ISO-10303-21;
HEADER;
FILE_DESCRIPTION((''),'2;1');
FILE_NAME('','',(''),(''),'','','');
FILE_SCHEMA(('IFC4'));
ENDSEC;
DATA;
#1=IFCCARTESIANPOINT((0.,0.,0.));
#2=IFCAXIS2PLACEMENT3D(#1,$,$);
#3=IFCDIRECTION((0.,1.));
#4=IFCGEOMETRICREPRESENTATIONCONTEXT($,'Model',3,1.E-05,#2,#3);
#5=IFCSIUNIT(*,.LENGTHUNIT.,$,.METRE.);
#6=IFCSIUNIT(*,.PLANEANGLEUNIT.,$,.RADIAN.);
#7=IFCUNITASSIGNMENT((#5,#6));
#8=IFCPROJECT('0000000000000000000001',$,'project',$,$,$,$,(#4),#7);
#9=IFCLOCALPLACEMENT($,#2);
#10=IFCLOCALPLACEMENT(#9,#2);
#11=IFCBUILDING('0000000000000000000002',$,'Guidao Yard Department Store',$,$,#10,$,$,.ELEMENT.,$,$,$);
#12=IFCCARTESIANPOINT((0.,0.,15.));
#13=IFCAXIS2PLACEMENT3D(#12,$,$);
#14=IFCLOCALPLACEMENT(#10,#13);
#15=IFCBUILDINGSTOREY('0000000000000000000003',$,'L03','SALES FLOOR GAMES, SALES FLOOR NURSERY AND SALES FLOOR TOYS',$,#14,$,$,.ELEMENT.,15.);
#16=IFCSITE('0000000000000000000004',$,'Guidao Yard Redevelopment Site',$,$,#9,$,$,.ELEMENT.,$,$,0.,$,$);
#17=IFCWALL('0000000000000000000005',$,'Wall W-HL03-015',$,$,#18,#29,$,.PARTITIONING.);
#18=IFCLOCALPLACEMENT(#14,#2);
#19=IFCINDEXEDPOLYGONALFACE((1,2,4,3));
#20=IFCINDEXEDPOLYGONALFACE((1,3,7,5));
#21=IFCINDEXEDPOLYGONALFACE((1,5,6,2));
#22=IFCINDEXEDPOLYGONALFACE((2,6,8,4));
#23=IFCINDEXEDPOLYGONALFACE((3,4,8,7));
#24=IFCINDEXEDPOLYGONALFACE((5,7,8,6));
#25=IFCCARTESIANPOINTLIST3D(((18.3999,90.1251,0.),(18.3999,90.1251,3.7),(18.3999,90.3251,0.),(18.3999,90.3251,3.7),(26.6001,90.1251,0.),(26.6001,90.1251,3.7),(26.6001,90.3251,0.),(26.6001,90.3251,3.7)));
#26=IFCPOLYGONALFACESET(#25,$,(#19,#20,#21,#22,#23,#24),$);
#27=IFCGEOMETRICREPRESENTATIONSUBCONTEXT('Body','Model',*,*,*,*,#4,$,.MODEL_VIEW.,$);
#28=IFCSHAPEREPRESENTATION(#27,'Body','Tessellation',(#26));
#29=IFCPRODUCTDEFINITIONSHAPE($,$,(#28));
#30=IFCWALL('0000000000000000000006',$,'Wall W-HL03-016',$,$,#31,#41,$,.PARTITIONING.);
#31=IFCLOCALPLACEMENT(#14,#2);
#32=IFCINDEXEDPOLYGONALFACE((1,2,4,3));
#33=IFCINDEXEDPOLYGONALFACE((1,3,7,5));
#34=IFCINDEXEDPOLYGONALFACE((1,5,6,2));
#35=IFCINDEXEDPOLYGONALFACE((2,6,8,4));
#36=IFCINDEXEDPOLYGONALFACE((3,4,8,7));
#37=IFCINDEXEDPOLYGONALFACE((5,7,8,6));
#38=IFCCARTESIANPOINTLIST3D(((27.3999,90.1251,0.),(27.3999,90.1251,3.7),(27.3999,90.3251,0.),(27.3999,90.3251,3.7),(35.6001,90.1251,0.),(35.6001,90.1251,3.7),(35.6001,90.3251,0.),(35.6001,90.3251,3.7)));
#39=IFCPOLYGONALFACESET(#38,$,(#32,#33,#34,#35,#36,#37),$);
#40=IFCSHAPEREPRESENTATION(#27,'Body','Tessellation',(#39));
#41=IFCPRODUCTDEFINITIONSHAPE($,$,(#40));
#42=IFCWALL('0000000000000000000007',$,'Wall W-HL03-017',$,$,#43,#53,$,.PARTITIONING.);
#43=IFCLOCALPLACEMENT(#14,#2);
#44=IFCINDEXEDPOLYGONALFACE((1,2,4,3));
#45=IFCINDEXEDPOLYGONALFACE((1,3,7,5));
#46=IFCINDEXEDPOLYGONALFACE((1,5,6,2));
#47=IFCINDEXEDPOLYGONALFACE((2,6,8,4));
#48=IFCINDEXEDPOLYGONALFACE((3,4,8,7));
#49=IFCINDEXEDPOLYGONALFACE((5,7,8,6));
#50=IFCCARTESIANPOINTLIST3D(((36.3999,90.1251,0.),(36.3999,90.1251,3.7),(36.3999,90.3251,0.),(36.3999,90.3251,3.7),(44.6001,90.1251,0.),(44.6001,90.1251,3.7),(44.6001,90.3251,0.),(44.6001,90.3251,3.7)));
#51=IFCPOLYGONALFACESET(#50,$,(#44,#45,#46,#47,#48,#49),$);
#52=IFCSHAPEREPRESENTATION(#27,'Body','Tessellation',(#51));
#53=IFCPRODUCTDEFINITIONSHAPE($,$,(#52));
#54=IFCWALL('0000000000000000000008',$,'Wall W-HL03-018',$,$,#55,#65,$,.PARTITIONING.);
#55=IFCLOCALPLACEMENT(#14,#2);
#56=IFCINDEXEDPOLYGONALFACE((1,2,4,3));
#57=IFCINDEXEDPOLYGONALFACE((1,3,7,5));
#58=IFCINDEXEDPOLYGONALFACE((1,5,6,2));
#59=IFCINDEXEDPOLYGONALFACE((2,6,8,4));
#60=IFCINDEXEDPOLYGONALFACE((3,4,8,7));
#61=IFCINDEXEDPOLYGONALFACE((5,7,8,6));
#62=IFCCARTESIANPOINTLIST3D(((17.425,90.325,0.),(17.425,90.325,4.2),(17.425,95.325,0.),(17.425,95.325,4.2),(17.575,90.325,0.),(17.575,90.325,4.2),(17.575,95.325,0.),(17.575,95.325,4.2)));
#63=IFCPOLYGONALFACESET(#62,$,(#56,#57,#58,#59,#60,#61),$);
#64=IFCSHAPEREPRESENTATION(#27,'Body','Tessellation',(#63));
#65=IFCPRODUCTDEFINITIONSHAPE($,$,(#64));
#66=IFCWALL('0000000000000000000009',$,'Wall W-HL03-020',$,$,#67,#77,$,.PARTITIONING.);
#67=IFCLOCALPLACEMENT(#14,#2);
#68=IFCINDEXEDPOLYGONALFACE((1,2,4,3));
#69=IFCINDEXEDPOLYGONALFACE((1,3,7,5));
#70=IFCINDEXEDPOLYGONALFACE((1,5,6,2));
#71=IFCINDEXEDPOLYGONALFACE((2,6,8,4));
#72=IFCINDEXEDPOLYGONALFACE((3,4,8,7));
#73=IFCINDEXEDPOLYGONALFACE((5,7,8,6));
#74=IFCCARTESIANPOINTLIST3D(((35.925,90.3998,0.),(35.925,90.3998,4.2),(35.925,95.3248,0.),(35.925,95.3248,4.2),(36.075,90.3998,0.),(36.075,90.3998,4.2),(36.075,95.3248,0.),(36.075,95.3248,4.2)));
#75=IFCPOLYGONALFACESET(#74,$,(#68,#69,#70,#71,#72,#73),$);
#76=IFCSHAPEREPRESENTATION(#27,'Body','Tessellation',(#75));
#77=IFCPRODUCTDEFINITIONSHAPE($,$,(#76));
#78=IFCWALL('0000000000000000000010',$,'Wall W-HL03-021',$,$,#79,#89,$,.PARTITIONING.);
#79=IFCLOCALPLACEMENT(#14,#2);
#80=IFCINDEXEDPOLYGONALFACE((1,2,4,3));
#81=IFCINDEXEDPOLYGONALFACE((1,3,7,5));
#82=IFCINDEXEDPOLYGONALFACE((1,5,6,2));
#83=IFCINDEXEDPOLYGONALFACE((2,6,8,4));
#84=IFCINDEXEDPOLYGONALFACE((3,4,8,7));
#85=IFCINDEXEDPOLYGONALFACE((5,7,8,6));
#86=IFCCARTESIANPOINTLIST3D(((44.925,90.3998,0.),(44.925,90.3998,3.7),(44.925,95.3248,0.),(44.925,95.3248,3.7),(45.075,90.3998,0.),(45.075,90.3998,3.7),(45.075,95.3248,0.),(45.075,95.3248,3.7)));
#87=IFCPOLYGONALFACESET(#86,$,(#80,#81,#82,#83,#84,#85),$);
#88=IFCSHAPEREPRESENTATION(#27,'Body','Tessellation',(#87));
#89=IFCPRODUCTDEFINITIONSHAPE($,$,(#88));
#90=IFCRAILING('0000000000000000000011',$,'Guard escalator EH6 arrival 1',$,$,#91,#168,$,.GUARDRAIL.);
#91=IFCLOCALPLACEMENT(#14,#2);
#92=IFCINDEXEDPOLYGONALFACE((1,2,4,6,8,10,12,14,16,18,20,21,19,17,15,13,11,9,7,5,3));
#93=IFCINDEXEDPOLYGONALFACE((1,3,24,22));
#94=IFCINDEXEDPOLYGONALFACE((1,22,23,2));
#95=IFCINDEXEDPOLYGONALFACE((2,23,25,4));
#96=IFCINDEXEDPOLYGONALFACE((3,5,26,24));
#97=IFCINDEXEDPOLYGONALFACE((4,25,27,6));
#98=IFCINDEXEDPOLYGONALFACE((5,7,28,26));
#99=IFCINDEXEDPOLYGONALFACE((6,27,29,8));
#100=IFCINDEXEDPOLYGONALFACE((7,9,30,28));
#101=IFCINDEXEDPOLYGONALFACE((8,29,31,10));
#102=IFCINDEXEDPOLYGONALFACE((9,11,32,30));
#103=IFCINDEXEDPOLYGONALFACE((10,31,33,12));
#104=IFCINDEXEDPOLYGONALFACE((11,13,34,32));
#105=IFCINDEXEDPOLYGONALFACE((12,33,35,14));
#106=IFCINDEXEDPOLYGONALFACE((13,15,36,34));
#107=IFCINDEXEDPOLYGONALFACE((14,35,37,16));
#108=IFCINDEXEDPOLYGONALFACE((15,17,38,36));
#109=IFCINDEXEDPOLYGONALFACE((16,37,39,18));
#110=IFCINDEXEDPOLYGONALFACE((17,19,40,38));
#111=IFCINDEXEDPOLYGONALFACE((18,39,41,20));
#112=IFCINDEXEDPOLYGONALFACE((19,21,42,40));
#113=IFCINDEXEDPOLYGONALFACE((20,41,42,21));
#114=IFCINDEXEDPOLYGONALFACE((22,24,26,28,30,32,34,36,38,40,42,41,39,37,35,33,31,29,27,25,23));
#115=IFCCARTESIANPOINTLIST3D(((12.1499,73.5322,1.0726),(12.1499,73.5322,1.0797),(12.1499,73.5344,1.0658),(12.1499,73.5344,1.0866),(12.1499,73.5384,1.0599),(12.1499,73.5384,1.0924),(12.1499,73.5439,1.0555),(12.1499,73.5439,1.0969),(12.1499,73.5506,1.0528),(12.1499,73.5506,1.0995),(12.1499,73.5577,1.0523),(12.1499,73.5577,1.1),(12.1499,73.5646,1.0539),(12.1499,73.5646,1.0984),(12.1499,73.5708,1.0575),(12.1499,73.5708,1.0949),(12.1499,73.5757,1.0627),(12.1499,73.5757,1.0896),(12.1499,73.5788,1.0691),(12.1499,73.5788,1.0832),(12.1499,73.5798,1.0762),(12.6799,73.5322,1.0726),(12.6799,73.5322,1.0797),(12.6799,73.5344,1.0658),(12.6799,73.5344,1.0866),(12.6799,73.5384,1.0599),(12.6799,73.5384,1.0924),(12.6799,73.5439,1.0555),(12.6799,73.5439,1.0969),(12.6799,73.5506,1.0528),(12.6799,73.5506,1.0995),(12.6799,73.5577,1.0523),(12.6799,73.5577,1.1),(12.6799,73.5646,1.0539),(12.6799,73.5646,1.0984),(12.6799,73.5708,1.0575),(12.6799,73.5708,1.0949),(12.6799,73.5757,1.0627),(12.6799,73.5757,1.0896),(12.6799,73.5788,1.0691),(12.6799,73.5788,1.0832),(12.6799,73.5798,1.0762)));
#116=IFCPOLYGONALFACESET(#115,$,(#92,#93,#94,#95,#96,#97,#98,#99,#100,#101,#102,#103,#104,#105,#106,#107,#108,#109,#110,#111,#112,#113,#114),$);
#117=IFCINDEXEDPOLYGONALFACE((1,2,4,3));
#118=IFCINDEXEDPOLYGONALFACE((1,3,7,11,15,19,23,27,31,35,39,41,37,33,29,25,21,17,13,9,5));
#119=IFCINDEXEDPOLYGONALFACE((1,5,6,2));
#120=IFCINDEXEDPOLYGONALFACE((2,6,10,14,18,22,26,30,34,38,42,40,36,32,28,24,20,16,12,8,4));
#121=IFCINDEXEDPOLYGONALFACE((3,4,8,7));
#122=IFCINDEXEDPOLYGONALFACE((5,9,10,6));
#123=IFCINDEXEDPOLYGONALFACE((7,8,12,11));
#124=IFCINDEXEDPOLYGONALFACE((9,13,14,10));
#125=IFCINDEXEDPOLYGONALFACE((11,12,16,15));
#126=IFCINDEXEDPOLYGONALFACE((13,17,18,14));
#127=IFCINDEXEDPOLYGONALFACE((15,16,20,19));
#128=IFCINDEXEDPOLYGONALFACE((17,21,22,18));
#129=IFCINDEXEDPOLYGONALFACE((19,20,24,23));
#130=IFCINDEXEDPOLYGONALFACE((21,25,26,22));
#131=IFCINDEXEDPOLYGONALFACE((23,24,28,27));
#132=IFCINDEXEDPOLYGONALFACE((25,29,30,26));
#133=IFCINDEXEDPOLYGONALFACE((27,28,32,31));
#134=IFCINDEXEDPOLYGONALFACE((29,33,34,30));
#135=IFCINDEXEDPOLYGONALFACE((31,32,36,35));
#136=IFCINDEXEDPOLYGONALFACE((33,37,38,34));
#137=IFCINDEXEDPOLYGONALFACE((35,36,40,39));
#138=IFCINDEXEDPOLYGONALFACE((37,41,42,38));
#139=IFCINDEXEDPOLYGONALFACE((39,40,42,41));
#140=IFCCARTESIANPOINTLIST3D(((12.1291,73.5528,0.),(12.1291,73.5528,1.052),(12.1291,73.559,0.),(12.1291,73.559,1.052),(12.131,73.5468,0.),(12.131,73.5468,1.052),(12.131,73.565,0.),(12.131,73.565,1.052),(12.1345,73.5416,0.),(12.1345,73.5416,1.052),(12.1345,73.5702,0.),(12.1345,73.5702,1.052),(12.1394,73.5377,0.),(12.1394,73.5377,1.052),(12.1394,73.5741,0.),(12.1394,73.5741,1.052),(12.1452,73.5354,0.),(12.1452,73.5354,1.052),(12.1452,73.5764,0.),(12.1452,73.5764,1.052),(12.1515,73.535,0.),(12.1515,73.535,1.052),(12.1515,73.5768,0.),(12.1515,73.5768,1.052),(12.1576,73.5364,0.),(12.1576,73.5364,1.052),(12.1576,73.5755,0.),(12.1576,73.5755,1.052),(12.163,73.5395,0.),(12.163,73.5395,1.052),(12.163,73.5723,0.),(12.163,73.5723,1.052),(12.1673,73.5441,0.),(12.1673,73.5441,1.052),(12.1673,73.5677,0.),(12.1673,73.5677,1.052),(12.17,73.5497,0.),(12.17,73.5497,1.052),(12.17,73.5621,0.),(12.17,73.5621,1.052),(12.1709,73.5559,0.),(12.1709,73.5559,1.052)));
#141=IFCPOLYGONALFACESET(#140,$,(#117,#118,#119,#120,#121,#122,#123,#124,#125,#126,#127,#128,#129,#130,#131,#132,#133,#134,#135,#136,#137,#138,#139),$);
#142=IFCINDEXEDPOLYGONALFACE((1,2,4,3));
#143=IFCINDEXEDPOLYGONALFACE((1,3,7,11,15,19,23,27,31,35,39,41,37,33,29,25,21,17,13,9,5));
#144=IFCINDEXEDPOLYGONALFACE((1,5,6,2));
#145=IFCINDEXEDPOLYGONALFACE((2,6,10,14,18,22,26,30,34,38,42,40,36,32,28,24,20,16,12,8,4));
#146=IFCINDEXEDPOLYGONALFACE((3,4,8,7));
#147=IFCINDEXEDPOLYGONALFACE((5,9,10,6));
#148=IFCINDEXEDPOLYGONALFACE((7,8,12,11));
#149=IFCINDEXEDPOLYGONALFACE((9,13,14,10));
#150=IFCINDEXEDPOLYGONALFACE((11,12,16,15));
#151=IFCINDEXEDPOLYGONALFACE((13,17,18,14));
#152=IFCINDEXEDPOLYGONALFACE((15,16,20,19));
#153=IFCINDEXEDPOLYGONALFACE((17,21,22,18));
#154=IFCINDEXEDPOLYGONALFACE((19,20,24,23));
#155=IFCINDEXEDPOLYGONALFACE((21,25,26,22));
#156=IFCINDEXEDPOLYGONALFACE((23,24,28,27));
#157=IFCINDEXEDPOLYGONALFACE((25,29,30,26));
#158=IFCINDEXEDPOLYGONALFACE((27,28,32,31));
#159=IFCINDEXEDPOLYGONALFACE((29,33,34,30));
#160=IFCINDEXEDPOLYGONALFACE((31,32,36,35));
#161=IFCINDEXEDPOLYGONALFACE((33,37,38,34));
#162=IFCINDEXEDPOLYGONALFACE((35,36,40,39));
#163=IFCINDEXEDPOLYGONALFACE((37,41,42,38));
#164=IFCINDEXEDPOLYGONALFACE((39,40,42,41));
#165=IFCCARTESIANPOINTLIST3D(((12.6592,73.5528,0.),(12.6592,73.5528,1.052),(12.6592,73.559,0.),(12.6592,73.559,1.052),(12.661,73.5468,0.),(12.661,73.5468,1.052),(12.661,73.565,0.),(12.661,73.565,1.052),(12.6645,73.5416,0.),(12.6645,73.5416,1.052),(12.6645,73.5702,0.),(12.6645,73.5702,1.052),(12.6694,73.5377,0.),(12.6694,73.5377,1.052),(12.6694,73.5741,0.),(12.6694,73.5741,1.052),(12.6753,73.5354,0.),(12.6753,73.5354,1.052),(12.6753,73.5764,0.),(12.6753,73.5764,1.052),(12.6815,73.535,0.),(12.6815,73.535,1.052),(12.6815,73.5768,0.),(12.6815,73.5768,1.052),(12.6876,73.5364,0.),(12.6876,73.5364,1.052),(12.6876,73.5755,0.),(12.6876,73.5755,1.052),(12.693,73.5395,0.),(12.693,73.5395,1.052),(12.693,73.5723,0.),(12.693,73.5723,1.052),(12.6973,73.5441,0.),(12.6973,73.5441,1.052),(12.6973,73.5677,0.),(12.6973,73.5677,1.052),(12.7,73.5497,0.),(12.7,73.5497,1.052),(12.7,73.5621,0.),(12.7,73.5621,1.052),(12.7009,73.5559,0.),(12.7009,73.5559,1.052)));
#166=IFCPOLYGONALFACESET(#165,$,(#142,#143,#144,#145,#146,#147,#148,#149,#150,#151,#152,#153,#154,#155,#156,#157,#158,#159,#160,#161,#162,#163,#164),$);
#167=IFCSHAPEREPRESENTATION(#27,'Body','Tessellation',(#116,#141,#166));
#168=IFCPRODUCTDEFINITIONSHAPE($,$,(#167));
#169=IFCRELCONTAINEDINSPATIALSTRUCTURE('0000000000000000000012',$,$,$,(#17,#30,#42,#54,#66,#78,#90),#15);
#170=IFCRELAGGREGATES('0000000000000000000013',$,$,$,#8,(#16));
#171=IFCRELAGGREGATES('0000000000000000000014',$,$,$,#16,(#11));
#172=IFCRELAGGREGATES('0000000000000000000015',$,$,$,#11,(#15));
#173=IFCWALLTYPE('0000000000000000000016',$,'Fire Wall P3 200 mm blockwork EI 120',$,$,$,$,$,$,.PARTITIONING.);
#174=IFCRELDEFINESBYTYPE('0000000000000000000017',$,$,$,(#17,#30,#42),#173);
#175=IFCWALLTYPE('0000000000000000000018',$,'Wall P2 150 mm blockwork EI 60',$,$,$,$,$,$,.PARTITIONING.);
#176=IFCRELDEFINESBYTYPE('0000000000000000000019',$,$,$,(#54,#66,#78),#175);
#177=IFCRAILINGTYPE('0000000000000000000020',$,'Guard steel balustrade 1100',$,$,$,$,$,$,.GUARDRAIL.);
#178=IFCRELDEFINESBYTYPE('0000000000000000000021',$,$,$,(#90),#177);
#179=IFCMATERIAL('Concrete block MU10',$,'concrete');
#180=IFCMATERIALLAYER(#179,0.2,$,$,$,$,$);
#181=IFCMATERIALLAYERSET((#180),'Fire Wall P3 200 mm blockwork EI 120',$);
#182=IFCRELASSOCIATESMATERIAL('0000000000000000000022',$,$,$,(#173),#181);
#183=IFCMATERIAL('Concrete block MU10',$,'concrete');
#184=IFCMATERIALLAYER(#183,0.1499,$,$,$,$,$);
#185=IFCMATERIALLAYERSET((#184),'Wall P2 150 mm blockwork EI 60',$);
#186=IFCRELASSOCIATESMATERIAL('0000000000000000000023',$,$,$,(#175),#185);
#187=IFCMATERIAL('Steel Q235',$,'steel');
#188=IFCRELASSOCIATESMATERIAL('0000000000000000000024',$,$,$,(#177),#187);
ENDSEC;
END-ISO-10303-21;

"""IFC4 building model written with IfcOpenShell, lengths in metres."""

from ifc_helpers import new_model, si_unit, direction, frame, frame_2d, origin, origin_2d, place, context, subcontext, project, spatial, rectangle, circle, extrude, material, layer, layer_set, type_object, element, save


model = new_model("IFC4")

# Units and contexts
model_context = context("Model", 3, precision=1e-05, world=origin(), true_north=direction((0.0, 1.0)))
body_context = subcontext(model_context, "Body", "Model", "MODEL_VIEW")
ifc_project = project(units=[si_unit("LENGTHUNIT", "METRE"), si_unit("PLANEANGLEUNIT", "RADIAN")], contexts=[model_context])

# Site, building, storey
site_placement = place(None, origin())
site = spatial("IfcSite", under=ifc_project, at=site_placement, Name="Guidao Yard Redevelopment Site", CompositionType="ELEMENT", RefElevation=0.0)
building_placement = place(site_placement, origin())
building = spatial("IfcBuilding", under=site, at=building_placement, Name="Guidao Yard Department Store", CompositionType="ELEMENT")
storey_placement = place(building_placement, frame((0.0, 0.0, 15.0)))
storey = spatial("IfcBuildingStorey", under=building, at=storey_placement, Name="L03", Description="SALES FLOOR GAMES, SALES FLOOR NURSERY AND SALES FLOOR TOYS", CompositionType="ELEMENT", Elevation=15.0)

# Walls
ifc_material_1 = material(Name="Concrete block MU10", Category="concrete")
ifc_layer_1 = layer(ifc_material_1, 0.2)
ifc_layer_set_1 = layer_set([ifc_layer_1], Name="Fire Wall P3 200 mm blockwork EI 120")
wall_type_1 = type_object("IfcWallType", Name="Fire Wall P3 200 mm blockwork EI 120", PredefinedType="PARTITIONING", material=ifc_layer_set_1)
for number, where, z_axis, x_axis, name in (
    (1, (18.3999, 90.2251, 0.0), (0.0, 0.0, 1.0), (1.0, 0.0, 0.0), "Wall W-HL03-015"),
    (2, (27.3999, 90.2251, 0.0), (0.0, 0.0, 1.0), (1.0, 0.0, 0.0), "Wall W-HL03-016"),
    (3, (36.3999, 90.2251, 0.0), (0.0, 0.0, 1.0), (1.0, 0.0, 0.0), "Wall W-HL03-017"),
):
    element("IfcWall", number, at=place(storey_placement, frame(where, z_axis=z_axis, x_axis=x_axis)), inside=storey, type_object=wall_type_1, Name=name, PredefinedType="PARTITIONING", context=body_context, shape_type="SweptSolid", body=[
        extrude(rectangle(XDim=8.2002, YDim=0.2, at=frame_2d((4.1001, 0.0))), origin(), (0.0, 0.0, 1.0), 3.7),
    ])
ifc_material_2 = material(Name="Concrete block MU10", Category="concrete")
ifc_layer_2 = layer(ifc_material_2, 0.1499)
ifc_layer_set_2 = layer_set([ifc_layer_2], Name="Wall P2 150 mm blockwork EI 60")
wall_type_2 = type_object("IfcWallType", Name="Wall P2 150 mm blockwork EI 60", PredefinedType="PARTITIONING", material=ifc_layer_set_2)
wall_1_placement = place(storey_placement, frame((17.5, 90.325, 0.0), z_axis=(0.0, 0.0, 1.0), x_axis=(0.0, 1.0, 0.0)))
element("IfcWall", 4, at=wall_1_placement, inside=storey, type_object=wall_type_2, Name="Wall W-HL03-018", PredefinedType="PARTITIONING", context=body_context, shape_type="SweptSolid", body=[
    extrude(rectangle(XDim=5.0, YDim=0.1499, at=frame_2d((2.5, 0.0))), origin(), (0.0, 0.0, 1.0), 4.2),
])
wall_2_placement = place(storey_placement, frame((36.0, 90.3999, 0.0), z_axis=(0.0, 0.0, 1.0), x_axis=(0.0, 1.0, 0.0)))
element("IfcWall", 5, at=wall_2_placement, inside=storey, type_object=wall_type_2, Name="Wall W-HL03-020", PredefinedType="PARTITIONING", context=body_context, shape_type="SweptSolid", body=[
    extrude(rectangle(XDim=4.925, YDim=0.1499, at=frame_2d((2.4624, 0.0))), origin(), (0.0, 0.0, 1.0), 4.2),
])
wall_3_placement = place(storey_placement, frame((45.0, 90.3999, 0.0), z_axis=(0.0, 0.0, 1.0), x_axis=(0.0, 1.0, 0.0)))
element("IfcWall", 6, at=wall_3_placement, inside=storey, type_object=wall_type_2, Name="Wall W-HL03-021", PredefinedType="PARTITIONING", context=body_context, shape_type="SweptSolid", body=[
    extrude(rectangle(XDim=4.925, YDim=0.1499, at=frame_2d((2.4624, 0.0))), origin(), (0.0, 0.0, 1.0), 3.7),
])

# Railing
ifc_material_3 = material(Name="Steel Q235", Category="steel")
railing_type = type_object("IfcRailingType", Name="Guard steel balustrade 1100", PredefinedType="GUARDRAIL", material=ifc_material_3)
railing_1_placement = place(storey_placement, frame((12.1499, 73.5559, 0.0)))
element("IfcRailing", 7, at=railing_1_placement, inside=storey, type_object=railing_type, Name="Guard escalator EH6 arrival 1", PredefinedType="GUARDRAIL", context=body_context, shape_type="SweptSolid", body=[
    extrude(circle(Radius=0.0239, at=origin_2d()), frame((0.0, 0.0, 1.0762), z_axis=(1.0, 0.0, 0.0), x_axis=(0.0, 1.0, 0.0)), (0.0, 0.0, 1.0), 0.53),
    extrude(circle(Radius=0.021, at=origin_2d()), origin(), (0.0, 0.0, 1.0), 1.052),
    extrude(circle(Radius=0.021, at=origin_2d()), frame((0.53, 0.0, 0.0)), (0.0, 0.0, 1.0), 1.052),
])

save(model, "model.ifc")
